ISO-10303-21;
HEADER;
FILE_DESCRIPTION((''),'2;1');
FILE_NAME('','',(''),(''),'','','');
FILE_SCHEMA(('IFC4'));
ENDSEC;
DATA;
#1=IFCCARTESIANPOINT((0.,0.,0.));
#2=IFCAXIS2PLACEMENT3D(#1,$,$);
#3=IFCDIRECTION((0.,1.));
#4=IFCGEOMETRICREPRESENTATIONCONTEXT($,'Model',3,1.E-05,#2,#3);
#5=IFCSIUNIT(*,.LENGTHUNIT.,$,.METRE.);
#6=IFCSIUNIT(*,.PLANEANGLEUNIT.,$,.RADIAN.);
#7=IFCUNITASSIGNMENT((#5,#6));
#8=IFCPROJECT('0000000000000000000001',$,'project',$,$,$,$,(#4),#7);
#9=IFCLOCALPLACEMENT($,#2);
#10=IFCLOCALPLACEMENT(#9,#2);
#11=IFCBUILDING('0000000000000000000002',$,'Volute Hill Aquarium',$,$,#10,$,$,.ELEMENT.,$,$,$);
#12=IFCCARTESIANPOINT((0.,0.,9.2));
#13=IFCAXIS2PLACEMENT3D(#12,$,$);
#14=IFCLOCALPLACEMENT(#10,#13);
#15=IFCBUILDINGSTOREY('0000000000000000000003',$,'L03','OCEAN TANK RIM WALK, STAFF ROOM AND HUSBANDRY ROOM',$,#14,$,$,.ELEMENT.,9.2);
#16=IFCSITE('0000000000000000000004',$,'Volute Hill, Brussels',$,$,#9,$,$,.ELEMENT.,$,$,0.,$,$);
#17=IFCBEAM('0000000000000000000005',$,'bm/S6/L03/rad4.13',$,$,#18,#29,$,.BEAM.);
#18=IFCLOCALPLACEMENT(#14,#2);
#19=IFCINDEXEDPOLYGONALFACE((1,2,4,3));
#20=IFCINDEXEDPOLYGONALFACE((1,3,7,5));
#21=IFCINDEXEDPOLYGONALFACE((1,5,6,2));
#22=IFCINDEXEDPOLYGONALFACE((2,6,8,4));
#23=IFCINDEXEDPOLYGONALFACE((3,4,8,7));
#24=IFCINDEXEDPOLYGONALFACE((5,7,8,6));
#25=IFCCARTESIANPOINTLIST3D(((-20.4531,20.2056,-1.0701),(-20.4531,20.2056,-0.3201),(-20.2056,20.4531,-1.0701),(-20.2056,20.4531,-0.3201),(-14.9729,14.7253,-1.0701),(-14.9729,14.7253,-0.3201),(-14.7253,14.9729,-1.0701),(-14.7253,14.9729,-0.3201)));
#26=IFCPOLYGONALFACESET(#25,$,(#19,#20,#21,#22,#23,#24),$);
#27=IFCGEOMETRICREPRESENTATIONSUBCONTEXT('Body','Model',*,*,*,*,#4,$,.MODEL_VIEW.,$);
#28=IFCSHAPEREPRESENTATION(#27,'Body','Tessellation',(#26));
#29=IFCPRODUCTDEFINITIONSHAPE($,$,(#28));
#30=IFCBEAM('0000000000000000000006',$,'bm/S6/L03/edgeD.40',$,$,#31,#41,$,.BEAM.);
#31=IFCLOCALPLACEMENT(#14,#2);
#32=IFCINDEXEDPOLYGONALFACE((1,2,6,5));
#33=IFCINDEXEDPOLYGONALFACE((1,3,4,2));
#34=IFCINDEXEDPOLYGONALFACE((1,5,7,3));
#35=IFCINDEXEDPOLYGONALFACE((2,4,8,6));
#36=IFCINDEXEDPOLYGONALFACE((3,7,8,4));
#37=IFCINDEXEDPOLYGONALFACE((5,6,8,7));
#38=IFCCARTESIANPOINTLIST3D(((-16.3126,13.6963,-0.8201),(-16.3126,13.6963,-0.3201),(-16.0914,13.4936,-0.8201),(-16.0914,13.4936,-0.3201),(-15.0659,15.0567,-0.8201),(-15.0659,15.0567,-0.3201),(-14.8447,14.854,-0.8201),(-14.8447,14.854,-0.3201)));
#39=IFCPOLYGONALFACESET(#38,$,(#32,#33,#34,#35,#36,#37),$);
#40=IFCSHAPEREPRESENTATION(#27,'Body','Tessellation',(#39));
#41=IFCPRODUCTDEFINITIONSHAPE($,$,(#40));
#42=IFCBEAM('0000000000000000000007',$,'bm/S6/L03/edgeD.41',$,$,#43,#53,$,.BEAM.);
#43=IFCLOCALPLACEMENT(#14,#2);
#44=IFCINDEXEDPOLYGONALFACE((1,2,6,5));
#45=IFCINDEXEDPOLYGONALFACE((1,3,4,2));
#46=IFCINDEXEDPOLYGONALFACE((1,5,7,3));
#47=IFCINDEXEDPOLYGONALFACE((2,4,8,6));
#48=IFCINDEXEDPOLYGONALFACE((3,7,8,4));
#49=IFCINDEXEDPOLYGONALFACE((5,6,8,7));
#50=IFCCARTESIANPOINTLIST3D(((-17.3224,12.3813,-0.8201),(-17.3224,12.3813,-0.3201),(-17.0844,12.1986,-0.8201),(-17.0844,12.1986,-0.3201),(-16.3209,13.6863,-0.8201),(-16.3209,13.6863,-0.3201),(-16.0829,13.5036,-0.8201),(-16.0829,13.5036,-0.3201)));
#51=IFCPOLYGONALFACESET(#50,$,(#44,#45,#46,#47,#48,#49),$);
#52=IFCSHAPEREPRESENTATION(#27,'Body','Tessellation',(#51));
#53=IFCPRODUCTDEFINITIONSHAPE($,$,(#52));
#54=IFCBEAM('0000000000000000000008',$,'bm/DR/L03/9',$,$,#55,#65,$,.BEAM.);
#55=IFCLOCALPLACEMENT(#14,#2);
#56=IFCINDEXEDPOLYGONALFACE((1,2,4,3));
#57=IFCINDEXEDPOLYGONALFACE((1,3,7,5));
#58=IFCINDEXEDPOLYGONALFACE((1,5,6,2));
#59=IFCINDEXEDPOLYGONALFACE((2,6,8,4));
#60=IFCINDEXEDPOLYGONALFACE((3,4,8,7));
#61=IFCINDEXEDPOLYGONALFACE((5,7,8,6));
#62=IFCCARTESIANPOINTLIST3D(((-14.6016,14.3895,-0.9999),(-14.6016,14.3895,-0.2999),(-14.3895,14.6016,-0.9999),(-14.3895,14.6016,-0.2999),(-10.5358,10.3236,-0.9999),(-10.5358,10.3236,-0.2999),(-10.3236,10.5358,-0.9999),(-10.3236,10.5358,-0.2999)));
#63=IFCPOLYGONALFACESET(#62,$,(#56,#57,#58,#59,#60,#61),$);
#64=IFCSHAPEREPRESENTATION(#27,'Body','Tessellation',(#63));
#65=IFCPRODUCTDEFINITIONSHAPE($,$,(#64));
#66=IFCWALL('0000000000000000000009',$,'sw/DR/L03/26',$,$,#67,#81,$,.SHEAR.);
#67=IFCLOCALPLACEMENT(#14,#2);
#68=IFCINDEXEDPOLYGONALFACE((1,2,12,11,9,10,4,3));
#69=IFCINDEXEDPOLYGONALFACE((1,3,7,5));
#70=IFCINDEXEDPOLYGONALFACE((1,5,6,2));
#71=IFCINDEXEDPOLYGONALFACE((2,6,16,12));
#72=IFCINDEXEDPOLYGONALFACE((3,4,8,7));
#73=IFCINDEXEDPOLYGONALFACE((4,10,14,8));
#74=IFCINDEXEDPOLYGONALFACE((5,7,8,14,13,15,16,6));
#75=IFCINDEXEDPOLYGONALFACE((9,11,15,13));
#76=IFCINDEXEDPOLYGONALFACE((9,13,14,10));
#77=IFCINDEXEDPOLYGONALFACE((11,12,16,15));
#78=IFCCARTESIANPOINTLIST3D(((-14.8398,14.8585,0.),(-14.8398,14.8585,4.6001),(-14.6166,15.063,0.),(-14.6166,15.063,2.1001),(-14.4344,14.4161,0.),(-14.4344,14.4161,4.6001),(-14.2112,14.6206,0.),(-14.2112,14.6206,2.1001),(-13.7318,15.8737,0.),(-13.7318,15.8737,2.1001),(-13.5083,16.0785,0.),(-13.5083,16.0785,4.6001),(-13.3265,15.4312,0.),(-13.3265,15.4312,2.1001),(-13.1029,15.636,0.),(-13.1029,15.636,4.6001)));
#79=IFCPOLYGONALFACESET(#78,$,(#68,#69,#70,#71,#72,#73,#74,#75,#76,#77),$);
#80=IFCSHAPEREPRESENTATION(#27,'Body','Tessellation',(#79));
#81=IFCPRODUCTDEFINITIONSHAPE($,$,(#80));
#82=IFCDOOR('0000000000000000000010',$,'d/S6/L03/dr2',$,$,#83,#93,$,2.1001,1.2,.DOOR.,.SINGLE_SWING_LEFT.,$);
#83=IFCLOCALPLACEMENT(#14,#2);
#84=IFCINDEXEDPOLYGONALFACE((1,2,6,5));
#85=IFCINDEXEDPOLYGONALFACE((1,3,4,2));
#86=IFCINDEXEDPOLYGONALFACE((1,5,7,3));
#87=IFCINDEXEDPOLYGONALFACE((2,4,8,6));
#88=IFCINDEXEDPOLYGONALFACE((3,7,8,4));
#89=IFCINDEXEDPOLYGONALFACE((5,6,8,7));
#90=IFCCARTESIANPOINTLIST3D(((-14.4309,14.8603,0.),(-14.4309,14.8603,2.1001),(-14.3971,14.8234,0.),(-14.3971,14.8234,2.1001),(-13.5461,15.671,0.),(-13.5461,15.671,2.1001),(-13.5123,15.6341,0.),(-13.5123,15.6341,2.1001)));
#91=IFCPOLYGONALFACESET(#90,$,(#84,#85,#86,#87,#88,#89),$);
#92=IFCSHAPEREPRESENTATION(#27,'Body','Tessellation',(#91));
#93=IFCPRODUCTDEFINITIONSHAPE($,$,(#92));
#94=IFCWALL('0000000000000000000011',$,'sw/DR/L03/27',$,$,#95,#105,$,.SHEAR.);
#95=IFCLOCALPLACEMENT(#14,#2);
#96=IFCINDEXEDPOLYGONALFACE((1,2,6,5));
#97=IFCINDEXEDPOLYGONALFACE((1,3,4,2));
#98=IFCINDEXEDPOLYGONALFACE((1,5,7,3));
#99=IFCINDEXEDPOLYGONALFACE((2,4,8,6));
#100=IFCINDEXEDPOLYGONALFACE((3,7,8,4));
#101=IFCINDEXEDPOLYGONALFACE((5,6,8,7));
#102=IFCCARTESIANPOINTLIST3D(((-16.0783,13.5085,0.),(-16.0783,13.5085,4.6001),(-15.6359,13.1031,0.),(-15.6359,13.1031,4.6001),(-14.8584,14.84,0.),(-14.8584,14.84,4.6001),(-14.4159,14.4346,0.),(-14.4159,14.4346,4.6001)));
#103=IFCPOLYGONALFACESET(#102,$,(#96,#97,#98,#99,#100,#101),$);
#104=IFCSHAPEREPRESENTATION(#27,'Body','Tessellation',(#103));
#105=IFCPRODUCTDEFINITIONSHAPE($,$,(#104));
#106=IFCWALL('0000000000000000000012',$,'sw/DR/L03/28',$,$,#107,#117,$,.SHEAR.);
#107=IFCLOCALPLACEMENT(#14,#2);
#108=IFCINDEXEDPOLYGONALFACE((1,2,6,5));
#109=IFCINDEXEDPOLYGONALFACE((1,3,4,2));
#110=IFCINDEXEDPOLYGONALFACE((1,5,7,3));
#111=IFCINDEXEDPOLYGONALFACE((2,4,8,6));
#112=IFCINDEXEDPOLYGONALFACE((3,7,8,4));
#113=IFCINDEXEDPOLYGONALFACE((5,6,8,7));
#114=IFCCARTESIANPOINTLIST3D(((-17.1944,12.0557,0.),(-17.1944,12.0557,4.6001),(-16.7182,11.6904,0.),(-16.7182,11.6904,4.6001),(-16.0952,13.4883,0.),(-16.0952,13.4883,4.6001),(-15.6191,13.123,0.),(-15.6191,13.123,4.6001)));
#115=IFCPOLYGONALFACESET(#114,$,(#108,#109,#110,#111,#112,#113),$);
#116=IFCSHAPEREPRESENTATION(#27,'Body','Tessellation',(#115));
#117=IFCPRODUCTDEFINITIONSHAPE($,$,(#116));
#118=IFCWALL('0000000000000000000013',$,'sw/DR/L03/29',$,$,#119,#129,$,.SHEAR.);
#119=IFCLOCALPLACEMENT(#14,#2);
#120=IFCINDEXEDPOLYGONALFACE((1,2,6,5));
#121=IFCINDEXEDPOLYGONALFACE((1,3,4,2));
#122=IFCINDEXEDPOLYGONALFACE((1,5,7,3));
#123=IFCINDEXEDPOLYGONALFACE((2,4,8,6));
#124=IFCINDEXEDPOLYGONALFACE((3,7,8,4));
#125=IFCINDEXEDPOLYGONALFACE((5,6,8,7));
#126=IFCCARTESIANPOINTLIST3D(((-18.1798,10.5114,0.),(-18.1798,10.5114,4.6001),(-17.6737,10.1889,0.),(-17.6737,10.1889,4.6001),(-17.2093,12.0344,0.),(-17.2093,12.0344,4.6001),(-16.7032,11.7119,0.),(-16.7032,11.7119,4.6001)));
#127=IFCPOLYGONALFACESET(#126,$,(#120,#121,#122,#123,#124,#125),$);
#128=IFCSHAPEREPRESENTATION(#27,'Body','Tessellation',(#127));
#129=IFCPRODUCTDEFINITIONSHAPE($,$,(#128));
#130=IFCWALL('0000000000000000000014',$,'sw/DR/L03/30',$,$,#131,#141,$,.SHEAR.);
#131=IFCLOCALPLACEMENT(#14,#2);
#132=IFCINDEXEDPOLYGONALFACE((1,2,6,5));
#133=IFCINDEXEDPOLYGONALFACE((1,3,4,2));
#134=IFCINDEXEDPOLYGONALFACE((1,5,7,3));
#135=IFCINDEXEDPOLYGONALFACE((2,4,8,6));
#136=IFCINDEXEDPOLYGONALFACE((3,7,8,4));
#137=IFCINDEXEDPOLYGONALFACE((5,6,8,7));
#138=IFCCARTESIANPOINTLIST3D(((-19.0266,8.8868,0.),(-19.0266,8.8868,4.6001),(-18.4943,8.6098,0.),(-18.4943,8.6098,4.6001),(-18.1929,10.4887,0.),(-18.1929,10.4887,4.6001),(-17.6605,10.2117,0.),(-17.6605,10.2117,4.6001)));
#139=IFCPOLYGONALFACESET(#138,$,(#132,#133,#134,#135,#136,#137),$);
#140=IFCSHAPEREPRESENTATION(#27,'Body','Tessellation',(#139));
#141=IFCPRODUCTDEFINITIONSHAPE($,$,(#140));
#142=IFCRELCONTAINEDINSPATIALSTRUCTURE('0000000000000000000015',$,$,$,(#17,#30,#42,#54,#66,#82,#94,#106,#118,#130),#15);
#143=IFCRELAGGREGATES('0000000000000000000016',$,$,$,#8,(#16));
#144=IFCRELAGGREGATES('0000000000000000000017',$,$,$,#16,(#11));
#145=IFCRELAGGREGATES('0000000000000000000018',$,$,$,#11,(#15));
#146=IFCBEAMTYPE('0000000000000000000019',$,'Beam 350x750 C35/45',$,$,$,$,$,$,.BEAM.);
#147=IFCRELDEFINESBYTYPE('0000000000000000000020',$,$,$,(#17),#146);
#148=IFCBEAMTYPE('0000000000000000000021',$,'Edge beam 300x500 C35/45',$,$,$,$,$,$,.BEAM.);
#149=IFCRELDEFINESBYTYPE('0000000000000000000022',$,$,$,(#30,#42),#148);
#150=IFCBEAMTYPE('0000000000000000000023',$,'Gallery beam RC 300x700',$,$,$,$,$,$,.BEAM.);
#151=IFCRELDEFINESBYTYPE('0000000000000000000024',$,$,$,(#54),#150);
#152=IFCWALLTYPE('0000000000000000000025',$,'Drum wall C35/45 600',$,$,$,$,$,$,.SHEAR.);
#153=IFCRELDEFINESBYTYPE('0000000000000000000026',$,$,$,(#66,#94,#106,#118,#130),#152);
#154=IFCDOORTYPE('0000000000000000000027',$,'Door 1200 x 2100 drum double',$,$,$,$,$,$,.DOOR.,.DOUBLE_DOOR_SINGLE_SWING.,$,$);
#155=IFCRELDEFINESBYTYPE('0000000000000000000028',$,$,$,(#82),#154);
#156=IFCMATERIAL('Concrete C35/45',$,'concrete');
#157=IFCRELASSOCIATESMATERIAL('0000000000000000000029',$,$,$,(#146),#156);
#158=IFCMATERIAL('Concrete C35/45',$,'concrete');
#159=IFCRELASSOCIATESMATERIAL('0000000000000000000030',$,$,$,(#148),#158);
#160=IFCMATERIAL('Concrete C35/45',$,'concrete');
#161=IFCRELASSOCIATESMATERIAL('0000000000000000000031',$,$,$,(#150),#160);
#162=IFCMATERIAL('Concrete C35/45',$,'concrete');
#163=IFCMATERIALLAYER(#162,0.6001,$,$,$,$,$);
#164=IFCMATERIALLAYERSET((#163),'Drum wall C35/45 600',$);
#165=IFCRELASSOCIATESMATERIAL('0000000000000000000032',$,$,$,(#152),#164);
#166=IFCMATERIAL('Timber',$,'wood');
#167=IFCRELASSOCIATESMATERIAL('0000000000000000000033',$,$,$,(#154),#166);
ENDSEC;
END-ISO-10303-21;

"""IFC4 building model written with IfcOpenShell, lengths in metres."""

from ifc_helpers import new_model, si_unit, direction, frame, frame_2d, origin, origin_2d, place, context, subcontext, project, spatial, rectangle, extrude, material, layer, layer_set, material_profile, profile_set, type_object, element, fill, save


model = new_model("IFC4")

# Units and contexts
model_context = context("Model", 3, precision=1e-05, world=origin(), true_north=direction((0.0, 1.0)))
body_context = subcontext(model_context, "Body", "Model", "MODEL_VIEW")
ifc_project = project(units=[si_unit("LENGTHUNIT", "METRE"), si_unit("PLANEANGLEUNIT", "RADIAN")], contexts=[model_context])

# Site, building, storey
site_placement = place(None, origin())
site = spatial("IfcSite", under=ifc_project, at=site_placement, Name="Volute Hill, Brussels", CompositionType="ELEMENT", RefElevation=0.0)
building_placement = place(site_placement, origin())
building = spatial("IfcBuilding", under=site, at=building_placement, Name="Volute Hill Aquarium", CompositionType="ELEMENT")
storey_placement = place(building_placement, frame((0.0, 0.0, 9.2)))
storey = spatial("IfcBuildingStorey", under=building, at=storey_placement, Name="L03", Description="OCEAN TANK RIM WALK, STAFF ROOM AND HUSBANDRY ROOM", CompositionType="ELEMENT", Elevation=9.2)

# Beams
ifc_material_1 = material(Name="Concrete C35/45", Category="concrete")
ifc_material_profile_1 = material_profile(ifc_material_1, rectangle(XDim=0.3501, YDim=0.75, at=origin_2d()), Name="RC beam 350x750")
ifc_profile_set_1 = profile_set([ifc_material_profile_1], Name="Concrete C35/45")
beam_type_1 = type_object("IfcBeamType", Name="Beam 350x750 C35/45", PredefinedType="BEAM", material=ifc_profile_set_1)
beam_1_placement = place(storey_placement, frame((-14.8491, 14.8491, -0.6951), z_axis=(-0.707107, 0.707107, 0.0), x_axis=(-0.707107, -0.707107, 0.0)))
element("IfcBeam", 1, at=beam_1_placement, inside=storey, type_object=beam_type_1, Name="bm/S6/L03/rad4.13", PredefinedType="BEAM", context=body_context, shape_type="SweptSolid", body=[
    extrude(rectangle(XDim=0.3501, YDim=0.75, at=origin_2d()), origin(), (0.0, 0.0, 1.0), 7.7502),
])
ifc_material_2 = material(Name="Concrete C35/45", Category="concrete")
ifc_material_profile_2 = material_profile(ifc_material_2, rectangle(XDim=0.3, YDim=0.5, at=origin_2d()), Name="RC edge beam 300x500")
ifc_profile_set_2 = profile_set([ifc_material_profile_2], Name="Concrete C35/45")
beam_type_2 = type_object("IfcBeamType", Name="Edge beam 300x500 C35/45", PredefinedType="BEAM", material=ifc_profile_set_2)
beam_2_placement = place(storey_placement, frame((-14.9553, 14.9553, -0.5701), z_axis=(-0.675605, -0.737264, 0.0), x_axis=(0.737264, -0.675605, 0.0)))
element("IfcBeam", 2, at=beam_2_placement, inside=storey, type_object=beam_type_2, Name="bm/S6/L03/edgeD.40", PredefinedType="BEAM", context=body_context, shape_type="SweptSolid", body=[
    extrude(rectangle(XDim=0.3, YDim=0.5, at=origin_2d()), origin(), (0.0, 0.0, 1.0), 1.8452),
])
beam_3_placement = place(storey_placement, frame((-16.2019, 13.595, -0.5701), z_axis=(-0.608821, -0.793308, 0.0), x_axis=(0.793308, -0.608821, 0.0)))
element("IfcBeam", 3, at=beam_3_placement, inside=storey, type_object=beam_type_2, Name="bm/S6/L03/edgeD.41", PredefinedType="BEAM", context=body_context, shape_type="SweptSolid", body=[
    extrude(rectangle(XDim=0.3, YDim=0.5, at=origin_2d()), origin(), (0.0, 0.0, 1.0), 1.645),
])
ifc_material_3 = material(Name="Concrete C35/45", Category="concrete")
ifc_material_profile_3 = material_profile(ifc_material_3, rectangle(XDim=0.3, YDim=0.7, at=origin_2d()), Name="RC beam 300x700")
ifc_profile_set_3 = profile_set([ifc_material_profile_3], Name="Concrete C35/45")
beam_type_3 = type_object("IfcBeamType", Name="Gallery beam RC 300x700", PredefinedType="BEAM", material=ifc_profile_set_3)
beam_4_placement = place(storey_placement, frame((-10.4297, 10.4297, -0.6499), z_axis=(-0.707107, 0.707107, 0.0), x_axis=(-0.707107, -0.707107, 0.0)))
element("IfcBeam", 4, at=beam_4_placement, inside=storey, type_object=beam_type_3, Name="bm/DR/L03/9", PredefinedType="BEAM", context=body_context, shape_type="SweptSolid", body=[
    extrude(rectangle(XDim=0.3, YDim=0.7, at=origin_2d()), origin(), (0.0, 0.0, 1.0), 5.75),
])

# Wall, opening, door
ifc_material_4 = material(Name="Concrete C35/45", Category="concrete")
ifc_layer_1 = layer(ifc_material_4, 0.6001)
ifc_layer_set_1 = layer_set([ifc_layer_1], Name="Drum wall C35/45 600")
wall_type_1 = type_object("IfcWallType", Name="Drum wall C35/45 600", PredefinedType="SHEAR", material=ifc_layer_set_1)
wall_1_placement = place(storey_placement, frame((-13.3057, 15.8572, 0.0), z_axis=(0.0, 0.0, 1.0), x_axis=(-0.737322, -0.675541, 0.0)))
wall_1 = element("IfcWall", 5, at=wall_1_placement, inside=storey, type_object=wall_type_1, Name="sw/DR/L03/26", PredefinedType="SHEAR", context=body_context, shape_type="SweptSolid", body=[
    extrude(rectangle(XDim=1.8059, YDim=0.6001, at=frame_2d((0.9028, 0.0))), origin(), (0.0, 0.0, 1.0), 4.6001),
])
opening_1_placement = place(wall_1_placement, frame((0.303, 0.0, 0.0)))
opening_1 = element("IfcOpeningElement", 6, at=opening_1_placement, cuts=wall_1, PredefinedType="OPENING", context=body_context, shape_type="SweptSolid", body=[
    extrude(rectangle(XDim=1.2, YDim=2.1001, at=frame_2d((0.6001, 1.05))), frame((0.0, 0.3101, 0.0), z_axis=(0.0, -1.0, 0.0), x_axis=(1.0, 0.0, 0.0)), (0.0, 0.0, 1.0), 0.6201),
])
ifc_material_5 = material(Name="Timber", Category="wood")
door_type = type_object("IfcDoorType", Name="Door 1200 x 2100 drum double", OperationType="DOUBLE_DOOR_SINGLE_SWING", PredefinedType="DOOR", material=ifc_material_5)
door_placement = place(opening_1_placement, origin())
door = element("IfcDoor", 7, at=door_placement, inside=storey, type_object=door_type, Name="d/S6/L03/dr2", OperationType="SINGLE_SWING_LEFT", OverallHeight=2.1001, OverallWidth=1.2, PredefinedType="DOOR", context=body_context, shape_type="SweptSolid", body=[
    extrude(rectangle(XDim=1.2, YDim=2.1001, at=frame_2d((0.6001, 1.05))), frame((0.0, 0.0249, 0.0), z_axis=(0.0, -1.0, 0.0), x_axis=(1.0, 0.0, 0.0)), (0.0, 0.0, 1.0), 0.05),
])
fill(opening_1, door)

# Walls
wall_2_placement = place(storey_placement, frame((-14.6372, 14.6372, 0.0), z_axis=(0.0, 0.0, 1.0), x_axis=(-0.675541, -0.737322, 0.0)))
element("IfcWall", 8, at=wall_2_placement, inside=storey, type_object=wall_type_1, Name="sw/DR/L03/27", PredefinedType="SHEAR", context=body_context, shape_type="SweptSolid", body=[
    extrude(rectangle(XDim=1.8059, YDim=0.6001, at=frame_2d((0.9028, 0.0))), origin(), (0.0, 0.0, 1.0), 4.6001),
])
wall_3_placement = place(storey_placement, frame((-15.8572, 13.3057, 0.0), z_axis=(0.0, 0.0, 1.0), x_axis=(-0.608704, -0.793397, 0.0)))
element("IfcWall", 9, at=wall_3_placement, inside=storey, type_object=wall_type_1, Name="sw/DR/L03/28", PredefinedType="SHEAR", context=body_context, shape_type="SweptSolid", body=[
    extrude(rectangle(XDim=1.8057, YDim=0.6001, at=frame_2d((0.9028, 0.0))), origin(), (0.0, 0.0, 1.0), 4.6001),
])
for number, where, z_axis, x_axis, name in (
    (10, (-16.9563, 11.873, 0.0), (0.0, 0.0, 1.0), (-0.537392, -0.843333, 0.0), "sw/DR/L03/29"),
    (11, (-17.9268, 10.3501, 0.0), (0.0, 0.0, 1.0), (-0.461702, -0.887035, 0.0), "sw/DR/L03/30"),
):
    element("IfcWall", number, at=place(storey_placement, frame(where, z_axis=z_axis, x_axis=x_axis)), inside=storey, type_object=wall_type_1, Name=name, PredefinedType="SHEAR", context=body_context, shape_type="SweptSolid", body=[
        extrude(rectangle(XDim=1.8059, YDim=0.6001, at=frame_2d((0.9028, 0.0))), origin(), (0.0, 0.0, 1.0), 4.6001),
    ])

save(model, "model.ifc")
